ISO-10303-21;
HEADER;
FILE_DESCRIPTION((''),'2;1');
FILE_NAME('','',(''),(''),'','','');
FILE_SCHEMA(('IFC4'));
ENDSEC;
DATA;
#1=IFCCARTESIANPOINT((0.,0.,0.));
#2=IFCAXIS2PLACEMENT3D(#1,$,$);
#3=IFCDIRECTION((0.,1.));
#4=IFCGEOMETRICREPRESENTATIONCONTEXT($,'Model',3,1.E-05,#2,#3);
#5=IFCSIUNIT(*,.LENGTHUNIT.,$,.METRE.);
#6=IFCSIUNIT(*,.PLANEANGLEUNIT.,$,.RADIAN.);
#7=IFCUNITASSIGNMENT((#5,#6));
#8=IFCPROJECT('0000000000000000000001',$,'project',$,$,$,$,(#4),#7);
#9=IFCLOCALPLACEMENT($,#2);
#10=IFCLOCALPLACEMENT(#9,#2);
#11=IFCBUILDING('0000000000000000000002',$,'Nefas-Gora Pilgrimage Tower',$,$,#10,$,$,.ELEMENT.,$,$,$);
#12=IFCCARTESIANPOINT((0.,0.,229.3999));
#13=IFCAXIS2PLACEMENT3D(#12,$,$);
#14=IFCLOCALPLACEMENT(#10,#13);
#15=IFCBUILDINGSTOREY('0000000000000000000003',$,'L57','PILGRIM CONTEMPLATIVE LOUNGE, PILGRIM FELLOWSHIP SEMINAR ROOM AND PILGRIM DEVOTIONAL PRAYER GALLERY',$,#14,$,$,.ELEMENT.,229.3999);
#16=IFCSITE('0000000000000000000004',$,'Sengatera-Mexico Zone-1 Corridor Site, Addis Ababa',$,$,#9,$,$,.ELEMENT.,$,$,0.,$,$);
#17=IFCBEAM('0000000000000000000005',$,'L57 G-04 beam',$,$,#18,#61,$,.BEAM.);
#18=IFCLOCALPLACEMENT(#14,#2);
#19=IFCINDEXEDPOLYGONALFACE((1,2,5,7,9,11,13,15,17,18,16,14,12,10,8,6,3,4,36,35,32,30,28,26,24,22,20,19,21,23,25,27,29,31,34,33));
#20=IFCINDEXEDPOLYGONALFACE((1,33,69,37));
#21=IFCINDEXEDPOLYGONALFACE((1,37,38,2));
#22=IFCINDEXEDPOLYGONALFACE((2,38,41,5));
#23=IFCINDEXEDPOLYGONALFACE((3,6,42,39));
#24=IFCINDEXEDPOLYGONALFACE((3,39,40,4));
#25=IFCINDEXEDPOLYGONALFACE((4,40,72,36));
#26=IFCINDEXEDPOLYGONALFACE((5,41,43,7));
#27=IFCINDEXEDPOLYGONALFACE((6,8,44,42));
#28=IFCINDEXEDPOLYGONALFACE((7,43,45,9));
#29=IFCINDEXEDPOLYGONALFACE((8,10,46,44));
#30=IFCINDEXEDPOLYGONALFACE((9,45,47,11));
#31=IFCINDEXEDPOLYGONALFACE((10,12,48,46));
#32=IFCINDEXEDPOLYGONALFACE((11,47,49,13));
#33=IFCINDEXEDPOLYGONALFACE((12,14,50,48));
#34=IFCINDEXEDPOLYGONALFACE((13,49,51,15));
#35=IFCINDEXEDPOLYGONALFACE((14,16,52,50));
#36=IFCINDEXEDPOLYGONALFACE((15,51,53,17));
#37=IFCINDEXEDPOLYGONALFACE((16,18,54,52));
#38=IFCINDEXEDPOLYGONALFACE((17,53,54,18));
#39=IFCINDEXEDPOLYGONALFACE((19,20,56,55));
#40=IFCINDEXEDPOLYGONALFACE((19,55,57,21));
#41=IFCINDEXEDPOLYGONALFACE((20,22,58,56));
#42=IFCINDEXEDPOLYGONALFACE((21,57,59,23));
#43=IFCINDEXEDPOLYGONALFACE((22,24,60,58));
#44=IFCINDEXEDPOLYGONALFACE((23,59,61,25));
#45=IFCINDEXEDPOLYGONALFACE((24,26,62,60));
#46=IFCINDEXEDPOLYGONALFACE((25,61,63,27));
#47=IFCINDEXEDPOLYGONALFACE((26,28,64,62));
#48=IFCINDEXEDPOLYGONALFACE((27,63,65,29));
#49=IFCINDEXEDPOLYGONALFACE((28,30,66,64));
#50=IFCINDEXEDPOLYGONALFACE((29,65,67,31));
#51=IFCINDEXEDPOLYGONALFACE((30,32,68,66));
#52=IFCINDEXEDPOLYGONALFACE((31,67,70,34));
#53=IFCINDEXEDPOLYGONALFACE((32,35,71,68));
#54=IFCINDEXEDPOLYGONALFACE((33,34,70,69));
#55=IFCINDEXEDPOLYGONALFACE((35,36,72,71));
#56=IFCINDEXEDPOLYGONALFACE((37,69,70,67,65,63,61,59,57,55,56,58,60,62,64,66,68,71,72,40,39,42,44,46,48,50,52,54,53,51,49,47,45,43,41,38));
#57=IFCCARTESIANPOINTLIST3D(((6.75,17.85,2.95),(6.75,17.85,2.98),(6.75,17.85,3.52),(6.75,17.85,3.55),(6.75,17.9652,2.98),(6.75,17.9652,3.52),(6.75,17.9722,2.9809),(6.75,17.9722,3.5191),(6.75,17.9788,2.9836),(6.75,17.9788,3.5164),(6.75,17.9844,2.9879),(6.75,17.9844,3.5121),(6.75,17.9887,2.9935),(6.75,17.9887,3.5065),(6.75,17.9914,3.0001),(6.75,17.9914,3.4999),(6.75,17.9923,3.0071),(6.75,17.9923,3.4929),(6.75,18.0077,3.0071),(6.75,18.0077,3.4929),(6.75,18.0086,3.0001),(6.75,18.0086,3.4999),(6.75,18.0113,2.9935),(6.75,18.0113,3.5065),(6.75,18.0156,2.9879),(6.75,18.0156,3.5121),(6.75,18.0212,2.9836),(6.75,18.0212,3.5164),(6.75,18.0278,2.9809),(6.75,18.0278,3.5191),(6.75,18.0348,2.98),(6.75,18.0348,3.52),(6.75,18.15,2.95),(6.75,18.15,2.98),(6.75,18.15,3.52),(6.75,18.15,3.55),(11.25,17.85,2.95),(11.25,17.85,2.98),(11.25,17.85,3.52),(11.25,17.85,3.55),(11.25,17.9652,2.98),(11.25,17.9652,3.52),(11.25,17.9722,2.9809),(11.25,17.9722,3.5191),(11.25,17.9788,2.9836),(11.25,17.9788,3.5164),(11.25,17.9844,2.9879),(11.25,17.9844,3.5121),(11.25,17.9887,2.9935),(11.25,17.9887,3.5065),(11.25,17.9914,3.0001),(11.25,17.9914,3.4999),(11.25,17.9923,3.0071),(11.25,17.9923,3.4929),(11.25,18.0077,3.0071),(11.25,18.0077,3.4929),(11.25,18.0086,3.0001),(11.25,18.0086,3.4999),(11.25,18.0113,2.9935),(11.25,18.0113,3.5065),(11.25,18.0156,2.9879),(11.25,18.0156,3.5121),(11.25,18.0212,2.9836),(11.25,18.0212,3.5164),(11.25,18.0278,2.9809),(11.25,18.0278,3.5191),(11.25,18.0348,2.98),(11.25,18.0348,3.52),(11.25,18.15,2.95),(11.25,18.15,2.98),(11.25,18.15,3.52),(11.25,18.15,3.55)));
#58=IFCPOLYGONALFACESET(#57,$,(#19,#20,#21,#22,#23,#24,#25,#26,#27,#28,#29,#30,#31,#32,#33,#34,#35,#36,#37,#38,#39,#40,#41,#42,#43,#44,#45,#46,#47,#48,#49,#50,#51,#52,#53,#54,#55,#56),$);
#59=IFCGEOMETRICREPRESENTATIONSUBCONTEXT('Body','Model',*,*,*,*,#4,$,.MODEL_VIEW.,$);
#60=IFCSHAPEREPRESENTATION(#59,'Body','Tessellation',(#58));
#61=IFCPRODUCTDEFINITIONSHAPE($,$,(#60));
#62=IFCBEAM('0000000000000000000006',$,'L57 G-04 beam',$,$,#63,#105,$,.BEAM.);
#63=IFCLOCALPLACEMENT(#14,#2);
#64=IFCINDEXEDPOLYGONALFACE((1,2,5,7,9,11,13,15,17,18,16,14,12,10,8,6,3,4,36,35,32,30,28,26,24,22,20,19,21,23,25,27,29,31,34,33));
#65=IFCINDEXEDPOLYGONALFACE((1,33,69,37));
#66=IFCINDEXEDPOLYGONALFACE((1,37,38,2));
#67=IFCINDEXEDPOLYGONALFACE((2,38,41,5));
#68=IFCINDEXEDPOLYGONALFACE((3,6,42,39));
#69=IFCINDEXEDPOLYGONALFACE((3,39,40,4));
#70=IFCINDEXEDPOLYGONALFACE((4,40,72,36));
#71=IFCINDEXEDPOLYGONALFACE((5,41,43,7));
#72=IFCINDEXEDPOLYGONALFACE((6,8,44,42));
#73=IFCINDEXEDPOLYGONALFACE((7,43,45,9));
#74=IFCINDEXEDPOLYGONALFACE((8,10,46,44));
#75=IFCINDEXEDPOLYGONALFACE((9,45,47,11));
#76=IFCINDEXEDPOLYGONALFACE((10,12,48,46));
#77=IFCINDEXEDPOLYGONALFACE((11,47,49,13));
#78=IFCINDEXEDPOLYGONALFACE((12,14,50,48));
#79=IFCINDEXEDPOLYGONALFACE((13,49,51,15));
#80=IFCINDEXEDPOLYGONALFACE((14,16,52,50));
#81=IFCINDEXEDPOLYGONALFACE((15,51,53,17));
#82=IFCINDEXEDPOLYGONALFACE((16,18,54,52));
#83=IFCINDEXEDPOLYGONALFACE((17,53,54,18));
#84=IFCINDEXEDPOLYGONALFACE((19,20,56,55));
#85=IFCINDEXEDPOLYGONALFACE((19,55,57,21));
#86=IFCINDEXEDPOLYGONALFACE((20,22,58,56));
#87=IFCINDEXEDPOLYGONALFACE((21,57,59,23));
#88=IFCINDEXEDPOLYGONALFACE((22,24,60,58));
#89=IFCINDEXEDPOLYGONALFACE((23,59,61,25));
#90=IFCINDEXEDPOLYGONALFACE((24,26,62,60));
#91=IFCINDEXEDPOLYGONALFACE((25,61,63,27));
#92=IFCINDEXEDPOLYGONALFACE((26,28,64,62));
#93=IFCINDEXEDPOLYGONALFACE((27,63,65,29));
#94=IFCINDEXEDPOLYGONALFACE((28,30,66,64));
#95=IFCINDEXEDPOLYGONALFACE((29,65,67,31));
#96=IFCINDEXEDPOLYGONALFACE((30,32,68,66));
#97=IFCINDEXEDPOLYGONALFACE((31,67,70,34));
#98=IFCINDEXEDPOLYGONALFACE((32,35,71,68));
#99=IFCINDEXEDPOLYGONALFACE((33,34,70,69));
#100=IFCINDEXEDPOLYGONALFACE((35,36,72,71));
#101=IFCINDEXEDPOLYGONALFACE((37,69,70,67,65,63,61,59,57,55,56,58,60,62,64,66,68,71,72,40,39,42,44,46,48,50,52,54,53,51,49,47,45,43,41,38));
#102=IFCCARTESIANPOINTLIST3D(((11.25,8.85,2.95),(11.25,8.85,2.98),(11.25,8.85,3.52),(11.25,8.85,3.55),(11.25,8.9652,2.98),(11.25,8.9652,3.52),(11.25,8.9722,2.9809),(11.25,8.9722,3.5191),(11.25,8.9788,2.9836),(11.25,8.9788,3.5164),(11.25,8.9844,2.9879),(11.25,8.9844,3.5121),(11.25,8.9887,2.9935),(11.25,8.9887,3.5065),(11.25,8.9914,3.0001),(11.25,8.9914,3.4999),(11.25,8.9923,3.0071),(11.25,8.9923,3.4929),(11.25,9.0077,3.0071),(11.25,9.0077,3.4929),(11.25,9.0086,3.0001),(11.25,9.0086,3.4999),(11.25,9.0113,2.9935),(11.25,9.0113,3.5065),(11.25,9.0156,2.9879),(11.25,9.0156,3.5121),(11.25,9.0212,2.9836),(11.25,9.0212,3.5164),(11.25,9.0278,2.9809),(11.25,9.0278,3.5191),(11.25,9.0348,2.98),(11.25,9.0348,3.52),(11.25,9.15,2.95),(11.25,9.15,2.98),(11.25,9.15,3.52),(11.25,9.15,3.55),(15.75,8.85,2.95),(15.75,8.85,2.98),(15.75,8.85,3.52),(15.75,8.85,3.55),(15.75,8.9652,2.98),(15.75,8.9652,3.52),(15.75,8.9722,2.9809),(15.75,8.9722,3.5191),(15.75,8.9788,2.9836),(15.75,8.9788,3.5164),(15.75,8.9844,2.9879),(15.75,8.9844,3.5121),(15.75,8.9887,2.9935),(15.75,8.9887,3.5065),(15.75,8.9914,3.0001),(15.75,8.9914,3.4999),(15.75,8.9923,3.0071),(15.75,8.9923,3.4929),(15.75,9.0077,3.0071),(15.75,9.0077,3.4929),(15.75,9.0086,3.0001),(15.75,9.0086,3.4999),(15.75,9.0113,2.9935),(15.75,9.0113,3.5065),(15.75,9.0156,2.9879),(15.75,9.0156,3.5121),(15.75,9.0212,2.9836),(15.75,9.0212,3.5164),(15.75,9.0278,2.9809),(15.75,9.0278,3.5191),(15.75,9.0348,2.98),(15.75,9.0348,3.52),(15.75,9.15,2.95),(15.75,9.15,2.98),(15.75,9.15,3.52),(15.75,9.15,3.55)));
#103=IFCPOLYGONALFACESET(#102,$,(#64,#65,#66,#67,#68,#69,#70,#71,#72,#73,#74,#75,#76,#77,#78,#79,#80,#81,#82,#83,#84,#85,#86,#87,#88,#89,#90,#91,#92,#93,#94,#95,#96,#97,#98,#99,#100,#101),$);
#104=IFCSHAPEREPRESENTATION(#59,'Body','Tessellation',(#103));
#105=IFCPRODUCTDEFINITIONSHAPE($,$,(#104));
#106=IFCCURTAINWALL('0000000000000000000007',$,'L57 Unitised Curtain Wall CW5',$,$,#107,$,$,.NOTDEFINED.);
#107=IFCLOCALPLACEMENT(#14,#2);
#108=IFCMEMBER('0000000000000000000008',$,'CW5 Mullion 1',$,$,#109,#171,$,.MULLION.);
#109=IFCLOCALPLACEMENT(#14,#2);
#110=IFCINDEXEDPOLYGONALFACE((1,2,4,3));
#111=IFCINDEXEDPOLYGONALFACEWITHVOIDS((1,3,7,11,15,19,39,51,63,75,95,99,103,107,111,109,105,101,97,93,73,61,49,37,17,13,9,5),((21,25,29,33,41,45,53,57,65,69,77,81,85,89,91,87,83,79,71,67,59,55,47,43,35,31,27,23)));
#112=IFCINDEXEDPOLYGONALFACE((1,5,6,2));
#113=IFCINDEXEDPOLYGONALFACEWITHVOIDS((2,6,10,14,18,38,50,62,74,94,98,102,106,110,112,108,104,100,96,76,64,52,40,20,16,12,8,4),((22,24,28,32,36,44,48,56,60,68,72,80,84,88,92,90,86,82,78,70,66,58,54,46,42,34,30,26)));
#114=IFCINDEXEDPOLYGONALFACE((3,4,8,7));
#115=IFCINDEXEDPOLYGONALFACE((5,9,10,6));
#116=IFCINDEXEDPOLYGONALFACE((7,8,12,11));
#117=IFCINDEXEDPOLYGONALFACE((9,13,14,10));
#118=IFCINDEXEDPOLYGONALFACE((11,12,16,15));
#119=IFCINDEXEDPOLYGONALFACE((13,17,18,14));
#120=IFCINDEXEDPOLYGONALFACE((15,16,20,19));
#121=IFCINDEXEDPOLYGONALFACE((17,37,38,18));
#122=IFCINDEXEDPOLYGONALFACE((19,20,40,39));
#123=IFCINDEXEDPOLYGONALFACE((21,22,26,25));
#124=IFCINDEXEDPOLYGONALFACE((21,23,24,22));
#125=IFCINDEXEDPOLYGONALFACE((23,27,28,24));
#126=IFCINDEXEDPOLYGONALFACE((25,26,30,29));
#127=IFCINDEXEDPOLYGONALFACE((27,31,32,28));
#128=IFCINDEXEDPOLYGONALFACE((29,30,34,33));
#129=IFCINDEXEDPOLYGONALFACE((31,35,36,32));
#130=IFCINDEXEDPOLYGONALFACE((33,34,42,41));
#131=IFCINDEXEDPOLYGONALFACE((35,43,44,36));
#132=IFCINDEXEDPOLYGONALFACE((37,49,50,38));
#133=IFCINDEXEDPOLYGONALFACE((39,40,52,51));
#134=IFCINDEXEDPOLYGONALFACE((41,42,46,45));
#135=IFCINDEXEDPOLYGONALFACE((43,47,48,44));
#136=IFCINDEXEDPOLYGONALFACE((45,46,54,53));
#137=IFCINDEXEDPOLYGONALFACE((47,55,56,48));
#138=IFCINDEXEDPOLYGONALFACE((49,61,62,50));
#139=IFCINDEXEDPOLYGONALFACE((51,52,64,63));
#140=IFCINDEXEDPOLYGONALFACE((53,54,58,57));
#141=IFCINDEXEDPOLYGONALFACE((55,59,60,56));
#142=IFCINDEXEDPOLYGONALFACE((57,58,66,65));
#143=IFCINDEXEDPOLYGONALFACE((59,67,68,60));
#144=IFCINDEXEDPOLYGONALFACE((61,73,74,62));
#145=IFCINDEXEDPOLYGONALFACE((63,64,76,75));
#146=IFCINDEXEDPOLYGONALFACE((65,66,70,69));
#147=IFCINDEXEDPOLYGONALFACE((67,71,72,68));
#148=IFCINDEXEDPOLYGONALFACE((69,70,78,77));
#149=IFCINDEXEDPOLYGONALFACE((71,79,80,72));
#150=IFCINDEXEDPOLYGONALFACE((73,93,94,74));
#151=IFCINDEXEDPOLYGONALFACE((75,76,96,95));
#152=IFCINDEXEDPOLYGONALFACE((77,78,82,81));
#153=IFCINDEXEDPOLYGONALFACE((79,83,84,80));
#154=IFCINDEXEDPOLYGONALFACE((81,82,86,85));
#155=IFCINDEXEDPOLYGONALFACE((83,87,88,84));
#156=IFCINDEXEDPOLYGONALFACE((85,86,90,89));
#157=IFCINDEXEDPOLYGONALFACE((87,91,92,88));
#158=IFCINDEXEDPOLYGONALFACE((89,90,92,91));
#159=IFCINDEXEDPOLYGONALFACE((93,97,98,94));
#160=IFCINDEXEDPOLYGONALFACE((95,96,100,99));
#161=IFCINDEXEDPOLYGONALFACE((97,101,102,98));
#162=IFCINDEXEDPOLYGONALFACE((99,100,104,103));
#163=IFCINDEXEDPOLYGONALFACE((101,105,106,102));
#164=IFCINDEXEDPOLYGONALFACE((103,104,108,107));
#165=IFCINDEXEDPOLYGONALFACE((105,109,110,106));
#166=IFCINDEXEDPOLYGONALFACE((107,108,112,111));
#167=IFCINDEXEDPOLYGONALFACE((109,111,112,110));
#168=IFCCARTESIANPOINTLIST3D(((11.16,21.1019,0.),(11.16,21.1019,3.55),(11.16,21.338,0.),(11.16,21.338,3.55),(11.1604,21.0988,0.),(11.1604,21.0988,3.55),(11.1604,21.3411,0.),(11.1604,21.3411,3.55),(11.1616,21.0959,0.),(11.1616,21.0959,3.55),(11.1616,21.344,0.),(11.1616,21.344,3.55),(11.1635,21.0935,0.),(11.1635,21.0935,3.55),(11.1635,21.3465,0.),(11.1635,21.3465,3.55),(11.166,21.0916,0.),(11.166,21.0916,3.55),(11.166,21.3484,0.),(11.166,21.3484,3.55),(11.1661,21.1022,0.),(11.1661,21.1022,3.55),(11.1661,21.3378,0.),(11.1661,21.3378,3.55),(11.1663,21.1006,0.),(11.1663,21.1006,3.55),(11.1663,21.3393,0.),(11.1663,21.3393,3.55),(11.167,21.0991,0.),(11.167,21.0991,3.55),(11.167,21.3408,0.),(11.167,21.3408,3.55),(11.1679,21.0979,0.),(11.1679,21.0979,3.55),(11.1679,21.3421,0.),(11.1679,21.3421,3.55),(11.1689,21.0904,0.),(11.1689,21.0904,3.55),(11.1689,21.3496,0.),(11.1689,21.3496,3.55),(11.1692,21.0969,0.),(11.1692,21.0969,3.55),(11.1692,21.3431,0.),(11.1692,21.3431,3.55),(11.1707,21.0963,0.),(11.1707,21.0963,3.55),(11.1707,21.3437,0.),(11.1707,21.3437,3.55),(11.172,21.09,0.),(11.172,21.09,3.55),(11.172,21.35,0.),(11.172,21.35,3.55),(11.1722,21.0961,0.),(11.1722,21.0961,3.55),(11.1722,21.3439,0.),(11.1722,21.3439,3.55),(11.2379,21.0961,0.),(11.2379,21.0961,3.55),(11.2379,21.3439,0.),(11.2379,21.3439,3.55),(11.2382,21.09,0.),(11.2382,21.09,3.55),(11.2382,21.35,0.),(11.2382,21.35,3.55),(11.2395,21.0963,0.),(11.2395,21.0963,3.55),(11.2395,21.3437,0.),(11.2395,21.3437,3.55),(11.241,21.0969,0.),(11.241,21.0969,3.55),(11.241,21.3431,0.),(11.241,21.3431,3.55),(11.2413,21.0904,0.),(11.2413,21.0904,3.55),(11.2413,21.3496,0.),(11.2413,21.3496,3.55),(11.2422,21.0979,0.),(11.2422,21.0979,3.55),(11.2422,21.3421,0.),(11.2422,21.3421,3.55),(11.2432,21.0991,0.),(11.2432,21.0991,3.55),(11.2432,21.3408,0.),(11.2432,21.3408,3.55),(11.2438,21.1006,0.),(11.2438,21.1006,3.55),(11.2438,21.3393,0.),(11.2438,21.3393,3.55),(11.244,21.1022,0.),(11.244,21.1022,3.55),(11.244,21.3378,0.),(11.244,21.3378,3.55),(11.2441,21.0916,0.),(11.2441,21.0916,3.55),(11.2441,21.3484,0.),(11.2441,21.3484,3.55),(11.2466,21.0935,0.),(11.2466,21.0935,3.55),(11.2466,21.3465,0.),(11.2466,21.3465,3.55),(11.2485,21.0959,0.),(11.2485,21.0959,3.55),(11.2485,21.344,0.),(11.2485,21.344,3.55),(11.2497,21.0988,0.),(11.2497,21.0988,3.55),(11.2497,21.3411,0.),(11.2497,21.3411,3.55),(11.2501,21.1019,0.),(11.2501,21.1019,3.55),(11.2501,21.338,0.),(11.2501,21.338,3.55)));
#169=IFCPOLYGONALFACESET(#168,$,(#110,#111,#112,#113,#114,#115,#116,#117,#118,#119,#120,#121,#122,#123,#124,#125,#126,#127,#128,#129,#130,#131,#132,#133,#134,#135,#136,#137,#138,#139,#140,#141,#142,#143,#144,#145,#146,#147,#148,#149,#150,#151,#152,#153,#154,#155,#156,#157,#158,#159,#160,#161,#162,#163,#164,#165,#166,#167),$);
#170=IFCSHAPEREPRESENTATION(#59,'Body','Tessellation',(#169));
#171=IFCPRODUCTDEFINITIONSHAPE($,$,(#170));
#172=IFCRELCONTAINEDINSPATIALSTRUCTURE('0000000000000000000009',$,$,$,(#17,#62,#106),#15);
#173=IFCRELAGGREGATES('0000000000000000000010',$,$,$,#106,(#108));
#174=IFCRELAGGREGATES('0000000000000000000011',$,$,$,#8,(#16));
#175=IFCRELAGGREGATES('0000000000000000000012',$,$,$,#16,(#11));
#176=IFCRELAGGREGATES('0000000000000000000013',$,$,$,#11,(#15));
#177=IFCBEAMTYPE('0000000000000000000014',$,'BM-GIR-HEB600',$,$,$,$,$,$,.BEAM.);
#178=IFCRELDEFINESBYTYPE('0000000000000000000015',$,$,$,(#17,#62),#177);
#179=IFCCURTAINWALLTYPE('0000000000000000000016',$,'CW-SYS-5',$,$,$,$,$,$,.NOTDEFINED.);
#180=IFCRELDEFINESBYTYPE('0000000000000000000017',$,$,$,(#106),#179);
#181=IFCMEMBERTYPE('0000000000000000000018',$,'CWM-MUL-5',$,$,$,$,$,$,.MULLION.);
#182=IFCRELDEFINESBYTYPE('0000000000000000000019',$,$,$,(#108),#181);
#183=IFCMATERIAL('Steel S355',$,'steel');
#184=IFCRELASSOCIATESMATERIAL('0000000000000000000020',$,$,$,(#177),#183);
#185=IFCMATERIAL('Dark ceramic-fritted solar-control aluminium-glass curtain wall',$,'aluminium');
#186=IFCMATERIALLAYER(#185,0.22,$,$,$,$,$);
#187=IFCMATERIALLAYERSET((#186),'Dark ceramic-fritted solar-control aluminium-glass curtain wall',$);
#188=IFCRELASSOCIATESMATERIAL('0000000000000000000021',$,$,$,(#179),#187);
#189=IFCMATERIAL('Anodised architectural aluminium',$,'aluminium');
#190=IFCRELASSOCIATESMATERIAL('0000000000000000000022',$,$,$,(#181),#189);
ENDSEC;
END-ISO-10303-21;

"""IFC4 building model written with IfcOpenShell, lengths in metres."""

from ifc_helpers import new_model, si_unit, direction, frame, origin, origin_2d, place, context, subcontext, project, spatial, hollow_rectangle, i_section, extrude, source, transform, mapped, material, layer, layer_set, material_profile, profile_set, type_object, element, aggregate, save


model = new_model("IFC4")

# Units and contexts
model_context = context("Model", 3, precision=1e-05, world=origin(), true_north=direction((0.0, 1.0)))
body_context = subcontext(model_context, "Body", "Model", "MODEL_VIEW")
ifc_project = project(units=[si_unit("LENGTHUNIT", "METRE"), si_unit("PLANEANGLEUNIT", "RADIAN")], contexts=[model_context])

# Site, building, storey
site_placement = place(None, origin())
site = spatial("IfcSite", under=ifc_project, at=site_placement, Name="Sengatera-Mexico Zone-1 Corridor Site, Addis Ababa", CompositionType="ELEMENT", RefElevation=0.0)
building_placement = place(site_placement, origin())
building = spatial("IfcBuilding", under=site, at=building_placement, Name="Nefas-Gora Pilgrimage Tower", CompositionType="ELEMENT")
storey_placement = place(building_placement, frame((0.0, 0.0, 229.3999)))
storey = spatial("IfcBuildingStorey", under=building, at=storey_placement, Name="L57", Description="PILGRIM CONTEMPLATIVE LOUNGE, PILGRIM FELLOWSHIP SEMINAR ROOM AND PILGRIM DEVOTIONAL PRAYER GALLERY", CompositionType="ELEMENT", Elevation=229.3999)

# Beams
ifc_material_1 = material(Name="Steel S355", Category="steel")
ifc_material_profile_1 = material_profile(ifc_material_1, i_section(OverallWidth=0.3, OverallDepth=0.6001, WebThickness=0.0154, FlangeThickness=0.03, FilletRadius=0.0271, at=origin_2d()), Name="HEB 600")
ifc_profile_set_1 = profile_set([ifc_material_profile_1], Name="Steel S355")
beam_type = type_object("IfcBeamType", Name="BM-GIR-HEB600", PredefinedType="BEAM", material=ifc_profile_set_1)
shared_shape_1 = source(origin(), body_context, "Body", "SweptSolid", [
    extrude(i_section(OverallWidth=0.3, OverallDepth=0.6001, WebThickness=0.0154, FlangeThickness=0.03, FilletRadius=0.0271, at=origin_2d()), origin(), (0.0, 0.0, 1.0), 4.5),
])
for number, where, z_axis, x_axis, name in (
    (1, (6.75, 18.0, 3.25), (1.0, 0.0, 0.0), (0.0, 1.0, 0.0), "L57 G-04 beam"),
    (2, (11.25, 9.0, 3.25), (1.0, 0.0, 0.0), (0.0, 1.0, 0.0), "L57 G-04 beam"),
):
    element("IfcBeam", number, at=place(storey_placement, frame(where, z_axis=z_axis, x_axis=x_axis)), inside=storey, type_object=beam_type, Name=name, PredefinedType="BEAM", context=body_context, shape_type="MappedRepresentation", body=[
        mapped(shared_shape_1, transform((0.0, 0.0, 0.0), x_axis=(1.0, 0.0, 0.0), y_axis=(0.0, 1.0, 0.0), z_axis=(0.0, 0.0, 1.0), scale=1.0)),
    ])

# Curtain wall, member
ifc_material_2 = material(Name="Dark ceramic-fritted solar-control aluminium-glass curtain wall", Category="aluminium")
ifc_layer_1 = layer(ifc_material_2, 0.22)
ifc_layer_set_1 = layer_set([ifc_layer_1], Name="Dark ceramic-fritted solar-control aluminium-glass curtain wall")
curtain_wall_type_1 = type_object("IfcCurtainWallType", Name="CW-SYS-5", PredefinedType="NOTDEFINED", material=ifc_layer_set_1)
curtain_wall_1_placement = place(storey_placement, origin())
curtain_wall_1 = element("IfcCurtainWall", 3, at=curtain_wall_1_placement, inside=storey, type_object=curtain_wall_type_1, Name="L57 Unitised Curtain Wall CW5", PredefinedType="NOTDEFINED")
ifc_material_3 = material(Name="Anodised architectural aluminium", Category="aluminium")
ifc_material_profile_2 = material_profile(ifc_material_3, hollow_rectangle(XDim=0.0901, YDim=0.26, WallThickness=0.0061, InnerFilletRadius=0.0061, OuterFilletRadius=0.012, at=origin_2d()), Name="ALU MULLION 90x260")
ifc_profile_set_2 = profile_set([ifc_material_profile_2], Name="Anodised architectural aluminium")
member_type_1 = type_object("IfcMemberType", Name="CWM-MUL-5", PredefinedType="MULLION", material=ifc_profile_set_2)
shared_shape_2 = source(origin(), body_context, "Body", "SweptSolid", [
    extrude(hollow_rectangle(XDim=0.0901, YDim=0.26, WallThickness=0.0061, InnerFilletRadius=0.0061, OuterFilletRadius=0.012, at=origin_2d()), origin(), (0.0, 0.0, 1.0), 3.55),
])
member_1_placement = place(storey_placement, frame((11.2051, 21.22, 0.0), z_axis=(0.0, 0.0, 1.0), x_axis=(-1.0, 0.0, 0.0)))
member_1 = element("IfcMember", 4, at=member_1_placement, type_object=member_type_1, Name="CW5 Mullion 1", PredefinedType="MULLION", context=body_context, shape_type="MappedRepresentation", body=[
    mapped(shared_shape_2, transform((0.0, 0.0, 0.0), x_axis=(1.0, 0.0, 0.0), y_axis=(0.0, 1.0, 0.0), z_axis=(0.0, 0.0, 1.0), scale=1.0)),
])

aggregate(curtain_wall_1, [member_1])

save(model, "model.ifc")
